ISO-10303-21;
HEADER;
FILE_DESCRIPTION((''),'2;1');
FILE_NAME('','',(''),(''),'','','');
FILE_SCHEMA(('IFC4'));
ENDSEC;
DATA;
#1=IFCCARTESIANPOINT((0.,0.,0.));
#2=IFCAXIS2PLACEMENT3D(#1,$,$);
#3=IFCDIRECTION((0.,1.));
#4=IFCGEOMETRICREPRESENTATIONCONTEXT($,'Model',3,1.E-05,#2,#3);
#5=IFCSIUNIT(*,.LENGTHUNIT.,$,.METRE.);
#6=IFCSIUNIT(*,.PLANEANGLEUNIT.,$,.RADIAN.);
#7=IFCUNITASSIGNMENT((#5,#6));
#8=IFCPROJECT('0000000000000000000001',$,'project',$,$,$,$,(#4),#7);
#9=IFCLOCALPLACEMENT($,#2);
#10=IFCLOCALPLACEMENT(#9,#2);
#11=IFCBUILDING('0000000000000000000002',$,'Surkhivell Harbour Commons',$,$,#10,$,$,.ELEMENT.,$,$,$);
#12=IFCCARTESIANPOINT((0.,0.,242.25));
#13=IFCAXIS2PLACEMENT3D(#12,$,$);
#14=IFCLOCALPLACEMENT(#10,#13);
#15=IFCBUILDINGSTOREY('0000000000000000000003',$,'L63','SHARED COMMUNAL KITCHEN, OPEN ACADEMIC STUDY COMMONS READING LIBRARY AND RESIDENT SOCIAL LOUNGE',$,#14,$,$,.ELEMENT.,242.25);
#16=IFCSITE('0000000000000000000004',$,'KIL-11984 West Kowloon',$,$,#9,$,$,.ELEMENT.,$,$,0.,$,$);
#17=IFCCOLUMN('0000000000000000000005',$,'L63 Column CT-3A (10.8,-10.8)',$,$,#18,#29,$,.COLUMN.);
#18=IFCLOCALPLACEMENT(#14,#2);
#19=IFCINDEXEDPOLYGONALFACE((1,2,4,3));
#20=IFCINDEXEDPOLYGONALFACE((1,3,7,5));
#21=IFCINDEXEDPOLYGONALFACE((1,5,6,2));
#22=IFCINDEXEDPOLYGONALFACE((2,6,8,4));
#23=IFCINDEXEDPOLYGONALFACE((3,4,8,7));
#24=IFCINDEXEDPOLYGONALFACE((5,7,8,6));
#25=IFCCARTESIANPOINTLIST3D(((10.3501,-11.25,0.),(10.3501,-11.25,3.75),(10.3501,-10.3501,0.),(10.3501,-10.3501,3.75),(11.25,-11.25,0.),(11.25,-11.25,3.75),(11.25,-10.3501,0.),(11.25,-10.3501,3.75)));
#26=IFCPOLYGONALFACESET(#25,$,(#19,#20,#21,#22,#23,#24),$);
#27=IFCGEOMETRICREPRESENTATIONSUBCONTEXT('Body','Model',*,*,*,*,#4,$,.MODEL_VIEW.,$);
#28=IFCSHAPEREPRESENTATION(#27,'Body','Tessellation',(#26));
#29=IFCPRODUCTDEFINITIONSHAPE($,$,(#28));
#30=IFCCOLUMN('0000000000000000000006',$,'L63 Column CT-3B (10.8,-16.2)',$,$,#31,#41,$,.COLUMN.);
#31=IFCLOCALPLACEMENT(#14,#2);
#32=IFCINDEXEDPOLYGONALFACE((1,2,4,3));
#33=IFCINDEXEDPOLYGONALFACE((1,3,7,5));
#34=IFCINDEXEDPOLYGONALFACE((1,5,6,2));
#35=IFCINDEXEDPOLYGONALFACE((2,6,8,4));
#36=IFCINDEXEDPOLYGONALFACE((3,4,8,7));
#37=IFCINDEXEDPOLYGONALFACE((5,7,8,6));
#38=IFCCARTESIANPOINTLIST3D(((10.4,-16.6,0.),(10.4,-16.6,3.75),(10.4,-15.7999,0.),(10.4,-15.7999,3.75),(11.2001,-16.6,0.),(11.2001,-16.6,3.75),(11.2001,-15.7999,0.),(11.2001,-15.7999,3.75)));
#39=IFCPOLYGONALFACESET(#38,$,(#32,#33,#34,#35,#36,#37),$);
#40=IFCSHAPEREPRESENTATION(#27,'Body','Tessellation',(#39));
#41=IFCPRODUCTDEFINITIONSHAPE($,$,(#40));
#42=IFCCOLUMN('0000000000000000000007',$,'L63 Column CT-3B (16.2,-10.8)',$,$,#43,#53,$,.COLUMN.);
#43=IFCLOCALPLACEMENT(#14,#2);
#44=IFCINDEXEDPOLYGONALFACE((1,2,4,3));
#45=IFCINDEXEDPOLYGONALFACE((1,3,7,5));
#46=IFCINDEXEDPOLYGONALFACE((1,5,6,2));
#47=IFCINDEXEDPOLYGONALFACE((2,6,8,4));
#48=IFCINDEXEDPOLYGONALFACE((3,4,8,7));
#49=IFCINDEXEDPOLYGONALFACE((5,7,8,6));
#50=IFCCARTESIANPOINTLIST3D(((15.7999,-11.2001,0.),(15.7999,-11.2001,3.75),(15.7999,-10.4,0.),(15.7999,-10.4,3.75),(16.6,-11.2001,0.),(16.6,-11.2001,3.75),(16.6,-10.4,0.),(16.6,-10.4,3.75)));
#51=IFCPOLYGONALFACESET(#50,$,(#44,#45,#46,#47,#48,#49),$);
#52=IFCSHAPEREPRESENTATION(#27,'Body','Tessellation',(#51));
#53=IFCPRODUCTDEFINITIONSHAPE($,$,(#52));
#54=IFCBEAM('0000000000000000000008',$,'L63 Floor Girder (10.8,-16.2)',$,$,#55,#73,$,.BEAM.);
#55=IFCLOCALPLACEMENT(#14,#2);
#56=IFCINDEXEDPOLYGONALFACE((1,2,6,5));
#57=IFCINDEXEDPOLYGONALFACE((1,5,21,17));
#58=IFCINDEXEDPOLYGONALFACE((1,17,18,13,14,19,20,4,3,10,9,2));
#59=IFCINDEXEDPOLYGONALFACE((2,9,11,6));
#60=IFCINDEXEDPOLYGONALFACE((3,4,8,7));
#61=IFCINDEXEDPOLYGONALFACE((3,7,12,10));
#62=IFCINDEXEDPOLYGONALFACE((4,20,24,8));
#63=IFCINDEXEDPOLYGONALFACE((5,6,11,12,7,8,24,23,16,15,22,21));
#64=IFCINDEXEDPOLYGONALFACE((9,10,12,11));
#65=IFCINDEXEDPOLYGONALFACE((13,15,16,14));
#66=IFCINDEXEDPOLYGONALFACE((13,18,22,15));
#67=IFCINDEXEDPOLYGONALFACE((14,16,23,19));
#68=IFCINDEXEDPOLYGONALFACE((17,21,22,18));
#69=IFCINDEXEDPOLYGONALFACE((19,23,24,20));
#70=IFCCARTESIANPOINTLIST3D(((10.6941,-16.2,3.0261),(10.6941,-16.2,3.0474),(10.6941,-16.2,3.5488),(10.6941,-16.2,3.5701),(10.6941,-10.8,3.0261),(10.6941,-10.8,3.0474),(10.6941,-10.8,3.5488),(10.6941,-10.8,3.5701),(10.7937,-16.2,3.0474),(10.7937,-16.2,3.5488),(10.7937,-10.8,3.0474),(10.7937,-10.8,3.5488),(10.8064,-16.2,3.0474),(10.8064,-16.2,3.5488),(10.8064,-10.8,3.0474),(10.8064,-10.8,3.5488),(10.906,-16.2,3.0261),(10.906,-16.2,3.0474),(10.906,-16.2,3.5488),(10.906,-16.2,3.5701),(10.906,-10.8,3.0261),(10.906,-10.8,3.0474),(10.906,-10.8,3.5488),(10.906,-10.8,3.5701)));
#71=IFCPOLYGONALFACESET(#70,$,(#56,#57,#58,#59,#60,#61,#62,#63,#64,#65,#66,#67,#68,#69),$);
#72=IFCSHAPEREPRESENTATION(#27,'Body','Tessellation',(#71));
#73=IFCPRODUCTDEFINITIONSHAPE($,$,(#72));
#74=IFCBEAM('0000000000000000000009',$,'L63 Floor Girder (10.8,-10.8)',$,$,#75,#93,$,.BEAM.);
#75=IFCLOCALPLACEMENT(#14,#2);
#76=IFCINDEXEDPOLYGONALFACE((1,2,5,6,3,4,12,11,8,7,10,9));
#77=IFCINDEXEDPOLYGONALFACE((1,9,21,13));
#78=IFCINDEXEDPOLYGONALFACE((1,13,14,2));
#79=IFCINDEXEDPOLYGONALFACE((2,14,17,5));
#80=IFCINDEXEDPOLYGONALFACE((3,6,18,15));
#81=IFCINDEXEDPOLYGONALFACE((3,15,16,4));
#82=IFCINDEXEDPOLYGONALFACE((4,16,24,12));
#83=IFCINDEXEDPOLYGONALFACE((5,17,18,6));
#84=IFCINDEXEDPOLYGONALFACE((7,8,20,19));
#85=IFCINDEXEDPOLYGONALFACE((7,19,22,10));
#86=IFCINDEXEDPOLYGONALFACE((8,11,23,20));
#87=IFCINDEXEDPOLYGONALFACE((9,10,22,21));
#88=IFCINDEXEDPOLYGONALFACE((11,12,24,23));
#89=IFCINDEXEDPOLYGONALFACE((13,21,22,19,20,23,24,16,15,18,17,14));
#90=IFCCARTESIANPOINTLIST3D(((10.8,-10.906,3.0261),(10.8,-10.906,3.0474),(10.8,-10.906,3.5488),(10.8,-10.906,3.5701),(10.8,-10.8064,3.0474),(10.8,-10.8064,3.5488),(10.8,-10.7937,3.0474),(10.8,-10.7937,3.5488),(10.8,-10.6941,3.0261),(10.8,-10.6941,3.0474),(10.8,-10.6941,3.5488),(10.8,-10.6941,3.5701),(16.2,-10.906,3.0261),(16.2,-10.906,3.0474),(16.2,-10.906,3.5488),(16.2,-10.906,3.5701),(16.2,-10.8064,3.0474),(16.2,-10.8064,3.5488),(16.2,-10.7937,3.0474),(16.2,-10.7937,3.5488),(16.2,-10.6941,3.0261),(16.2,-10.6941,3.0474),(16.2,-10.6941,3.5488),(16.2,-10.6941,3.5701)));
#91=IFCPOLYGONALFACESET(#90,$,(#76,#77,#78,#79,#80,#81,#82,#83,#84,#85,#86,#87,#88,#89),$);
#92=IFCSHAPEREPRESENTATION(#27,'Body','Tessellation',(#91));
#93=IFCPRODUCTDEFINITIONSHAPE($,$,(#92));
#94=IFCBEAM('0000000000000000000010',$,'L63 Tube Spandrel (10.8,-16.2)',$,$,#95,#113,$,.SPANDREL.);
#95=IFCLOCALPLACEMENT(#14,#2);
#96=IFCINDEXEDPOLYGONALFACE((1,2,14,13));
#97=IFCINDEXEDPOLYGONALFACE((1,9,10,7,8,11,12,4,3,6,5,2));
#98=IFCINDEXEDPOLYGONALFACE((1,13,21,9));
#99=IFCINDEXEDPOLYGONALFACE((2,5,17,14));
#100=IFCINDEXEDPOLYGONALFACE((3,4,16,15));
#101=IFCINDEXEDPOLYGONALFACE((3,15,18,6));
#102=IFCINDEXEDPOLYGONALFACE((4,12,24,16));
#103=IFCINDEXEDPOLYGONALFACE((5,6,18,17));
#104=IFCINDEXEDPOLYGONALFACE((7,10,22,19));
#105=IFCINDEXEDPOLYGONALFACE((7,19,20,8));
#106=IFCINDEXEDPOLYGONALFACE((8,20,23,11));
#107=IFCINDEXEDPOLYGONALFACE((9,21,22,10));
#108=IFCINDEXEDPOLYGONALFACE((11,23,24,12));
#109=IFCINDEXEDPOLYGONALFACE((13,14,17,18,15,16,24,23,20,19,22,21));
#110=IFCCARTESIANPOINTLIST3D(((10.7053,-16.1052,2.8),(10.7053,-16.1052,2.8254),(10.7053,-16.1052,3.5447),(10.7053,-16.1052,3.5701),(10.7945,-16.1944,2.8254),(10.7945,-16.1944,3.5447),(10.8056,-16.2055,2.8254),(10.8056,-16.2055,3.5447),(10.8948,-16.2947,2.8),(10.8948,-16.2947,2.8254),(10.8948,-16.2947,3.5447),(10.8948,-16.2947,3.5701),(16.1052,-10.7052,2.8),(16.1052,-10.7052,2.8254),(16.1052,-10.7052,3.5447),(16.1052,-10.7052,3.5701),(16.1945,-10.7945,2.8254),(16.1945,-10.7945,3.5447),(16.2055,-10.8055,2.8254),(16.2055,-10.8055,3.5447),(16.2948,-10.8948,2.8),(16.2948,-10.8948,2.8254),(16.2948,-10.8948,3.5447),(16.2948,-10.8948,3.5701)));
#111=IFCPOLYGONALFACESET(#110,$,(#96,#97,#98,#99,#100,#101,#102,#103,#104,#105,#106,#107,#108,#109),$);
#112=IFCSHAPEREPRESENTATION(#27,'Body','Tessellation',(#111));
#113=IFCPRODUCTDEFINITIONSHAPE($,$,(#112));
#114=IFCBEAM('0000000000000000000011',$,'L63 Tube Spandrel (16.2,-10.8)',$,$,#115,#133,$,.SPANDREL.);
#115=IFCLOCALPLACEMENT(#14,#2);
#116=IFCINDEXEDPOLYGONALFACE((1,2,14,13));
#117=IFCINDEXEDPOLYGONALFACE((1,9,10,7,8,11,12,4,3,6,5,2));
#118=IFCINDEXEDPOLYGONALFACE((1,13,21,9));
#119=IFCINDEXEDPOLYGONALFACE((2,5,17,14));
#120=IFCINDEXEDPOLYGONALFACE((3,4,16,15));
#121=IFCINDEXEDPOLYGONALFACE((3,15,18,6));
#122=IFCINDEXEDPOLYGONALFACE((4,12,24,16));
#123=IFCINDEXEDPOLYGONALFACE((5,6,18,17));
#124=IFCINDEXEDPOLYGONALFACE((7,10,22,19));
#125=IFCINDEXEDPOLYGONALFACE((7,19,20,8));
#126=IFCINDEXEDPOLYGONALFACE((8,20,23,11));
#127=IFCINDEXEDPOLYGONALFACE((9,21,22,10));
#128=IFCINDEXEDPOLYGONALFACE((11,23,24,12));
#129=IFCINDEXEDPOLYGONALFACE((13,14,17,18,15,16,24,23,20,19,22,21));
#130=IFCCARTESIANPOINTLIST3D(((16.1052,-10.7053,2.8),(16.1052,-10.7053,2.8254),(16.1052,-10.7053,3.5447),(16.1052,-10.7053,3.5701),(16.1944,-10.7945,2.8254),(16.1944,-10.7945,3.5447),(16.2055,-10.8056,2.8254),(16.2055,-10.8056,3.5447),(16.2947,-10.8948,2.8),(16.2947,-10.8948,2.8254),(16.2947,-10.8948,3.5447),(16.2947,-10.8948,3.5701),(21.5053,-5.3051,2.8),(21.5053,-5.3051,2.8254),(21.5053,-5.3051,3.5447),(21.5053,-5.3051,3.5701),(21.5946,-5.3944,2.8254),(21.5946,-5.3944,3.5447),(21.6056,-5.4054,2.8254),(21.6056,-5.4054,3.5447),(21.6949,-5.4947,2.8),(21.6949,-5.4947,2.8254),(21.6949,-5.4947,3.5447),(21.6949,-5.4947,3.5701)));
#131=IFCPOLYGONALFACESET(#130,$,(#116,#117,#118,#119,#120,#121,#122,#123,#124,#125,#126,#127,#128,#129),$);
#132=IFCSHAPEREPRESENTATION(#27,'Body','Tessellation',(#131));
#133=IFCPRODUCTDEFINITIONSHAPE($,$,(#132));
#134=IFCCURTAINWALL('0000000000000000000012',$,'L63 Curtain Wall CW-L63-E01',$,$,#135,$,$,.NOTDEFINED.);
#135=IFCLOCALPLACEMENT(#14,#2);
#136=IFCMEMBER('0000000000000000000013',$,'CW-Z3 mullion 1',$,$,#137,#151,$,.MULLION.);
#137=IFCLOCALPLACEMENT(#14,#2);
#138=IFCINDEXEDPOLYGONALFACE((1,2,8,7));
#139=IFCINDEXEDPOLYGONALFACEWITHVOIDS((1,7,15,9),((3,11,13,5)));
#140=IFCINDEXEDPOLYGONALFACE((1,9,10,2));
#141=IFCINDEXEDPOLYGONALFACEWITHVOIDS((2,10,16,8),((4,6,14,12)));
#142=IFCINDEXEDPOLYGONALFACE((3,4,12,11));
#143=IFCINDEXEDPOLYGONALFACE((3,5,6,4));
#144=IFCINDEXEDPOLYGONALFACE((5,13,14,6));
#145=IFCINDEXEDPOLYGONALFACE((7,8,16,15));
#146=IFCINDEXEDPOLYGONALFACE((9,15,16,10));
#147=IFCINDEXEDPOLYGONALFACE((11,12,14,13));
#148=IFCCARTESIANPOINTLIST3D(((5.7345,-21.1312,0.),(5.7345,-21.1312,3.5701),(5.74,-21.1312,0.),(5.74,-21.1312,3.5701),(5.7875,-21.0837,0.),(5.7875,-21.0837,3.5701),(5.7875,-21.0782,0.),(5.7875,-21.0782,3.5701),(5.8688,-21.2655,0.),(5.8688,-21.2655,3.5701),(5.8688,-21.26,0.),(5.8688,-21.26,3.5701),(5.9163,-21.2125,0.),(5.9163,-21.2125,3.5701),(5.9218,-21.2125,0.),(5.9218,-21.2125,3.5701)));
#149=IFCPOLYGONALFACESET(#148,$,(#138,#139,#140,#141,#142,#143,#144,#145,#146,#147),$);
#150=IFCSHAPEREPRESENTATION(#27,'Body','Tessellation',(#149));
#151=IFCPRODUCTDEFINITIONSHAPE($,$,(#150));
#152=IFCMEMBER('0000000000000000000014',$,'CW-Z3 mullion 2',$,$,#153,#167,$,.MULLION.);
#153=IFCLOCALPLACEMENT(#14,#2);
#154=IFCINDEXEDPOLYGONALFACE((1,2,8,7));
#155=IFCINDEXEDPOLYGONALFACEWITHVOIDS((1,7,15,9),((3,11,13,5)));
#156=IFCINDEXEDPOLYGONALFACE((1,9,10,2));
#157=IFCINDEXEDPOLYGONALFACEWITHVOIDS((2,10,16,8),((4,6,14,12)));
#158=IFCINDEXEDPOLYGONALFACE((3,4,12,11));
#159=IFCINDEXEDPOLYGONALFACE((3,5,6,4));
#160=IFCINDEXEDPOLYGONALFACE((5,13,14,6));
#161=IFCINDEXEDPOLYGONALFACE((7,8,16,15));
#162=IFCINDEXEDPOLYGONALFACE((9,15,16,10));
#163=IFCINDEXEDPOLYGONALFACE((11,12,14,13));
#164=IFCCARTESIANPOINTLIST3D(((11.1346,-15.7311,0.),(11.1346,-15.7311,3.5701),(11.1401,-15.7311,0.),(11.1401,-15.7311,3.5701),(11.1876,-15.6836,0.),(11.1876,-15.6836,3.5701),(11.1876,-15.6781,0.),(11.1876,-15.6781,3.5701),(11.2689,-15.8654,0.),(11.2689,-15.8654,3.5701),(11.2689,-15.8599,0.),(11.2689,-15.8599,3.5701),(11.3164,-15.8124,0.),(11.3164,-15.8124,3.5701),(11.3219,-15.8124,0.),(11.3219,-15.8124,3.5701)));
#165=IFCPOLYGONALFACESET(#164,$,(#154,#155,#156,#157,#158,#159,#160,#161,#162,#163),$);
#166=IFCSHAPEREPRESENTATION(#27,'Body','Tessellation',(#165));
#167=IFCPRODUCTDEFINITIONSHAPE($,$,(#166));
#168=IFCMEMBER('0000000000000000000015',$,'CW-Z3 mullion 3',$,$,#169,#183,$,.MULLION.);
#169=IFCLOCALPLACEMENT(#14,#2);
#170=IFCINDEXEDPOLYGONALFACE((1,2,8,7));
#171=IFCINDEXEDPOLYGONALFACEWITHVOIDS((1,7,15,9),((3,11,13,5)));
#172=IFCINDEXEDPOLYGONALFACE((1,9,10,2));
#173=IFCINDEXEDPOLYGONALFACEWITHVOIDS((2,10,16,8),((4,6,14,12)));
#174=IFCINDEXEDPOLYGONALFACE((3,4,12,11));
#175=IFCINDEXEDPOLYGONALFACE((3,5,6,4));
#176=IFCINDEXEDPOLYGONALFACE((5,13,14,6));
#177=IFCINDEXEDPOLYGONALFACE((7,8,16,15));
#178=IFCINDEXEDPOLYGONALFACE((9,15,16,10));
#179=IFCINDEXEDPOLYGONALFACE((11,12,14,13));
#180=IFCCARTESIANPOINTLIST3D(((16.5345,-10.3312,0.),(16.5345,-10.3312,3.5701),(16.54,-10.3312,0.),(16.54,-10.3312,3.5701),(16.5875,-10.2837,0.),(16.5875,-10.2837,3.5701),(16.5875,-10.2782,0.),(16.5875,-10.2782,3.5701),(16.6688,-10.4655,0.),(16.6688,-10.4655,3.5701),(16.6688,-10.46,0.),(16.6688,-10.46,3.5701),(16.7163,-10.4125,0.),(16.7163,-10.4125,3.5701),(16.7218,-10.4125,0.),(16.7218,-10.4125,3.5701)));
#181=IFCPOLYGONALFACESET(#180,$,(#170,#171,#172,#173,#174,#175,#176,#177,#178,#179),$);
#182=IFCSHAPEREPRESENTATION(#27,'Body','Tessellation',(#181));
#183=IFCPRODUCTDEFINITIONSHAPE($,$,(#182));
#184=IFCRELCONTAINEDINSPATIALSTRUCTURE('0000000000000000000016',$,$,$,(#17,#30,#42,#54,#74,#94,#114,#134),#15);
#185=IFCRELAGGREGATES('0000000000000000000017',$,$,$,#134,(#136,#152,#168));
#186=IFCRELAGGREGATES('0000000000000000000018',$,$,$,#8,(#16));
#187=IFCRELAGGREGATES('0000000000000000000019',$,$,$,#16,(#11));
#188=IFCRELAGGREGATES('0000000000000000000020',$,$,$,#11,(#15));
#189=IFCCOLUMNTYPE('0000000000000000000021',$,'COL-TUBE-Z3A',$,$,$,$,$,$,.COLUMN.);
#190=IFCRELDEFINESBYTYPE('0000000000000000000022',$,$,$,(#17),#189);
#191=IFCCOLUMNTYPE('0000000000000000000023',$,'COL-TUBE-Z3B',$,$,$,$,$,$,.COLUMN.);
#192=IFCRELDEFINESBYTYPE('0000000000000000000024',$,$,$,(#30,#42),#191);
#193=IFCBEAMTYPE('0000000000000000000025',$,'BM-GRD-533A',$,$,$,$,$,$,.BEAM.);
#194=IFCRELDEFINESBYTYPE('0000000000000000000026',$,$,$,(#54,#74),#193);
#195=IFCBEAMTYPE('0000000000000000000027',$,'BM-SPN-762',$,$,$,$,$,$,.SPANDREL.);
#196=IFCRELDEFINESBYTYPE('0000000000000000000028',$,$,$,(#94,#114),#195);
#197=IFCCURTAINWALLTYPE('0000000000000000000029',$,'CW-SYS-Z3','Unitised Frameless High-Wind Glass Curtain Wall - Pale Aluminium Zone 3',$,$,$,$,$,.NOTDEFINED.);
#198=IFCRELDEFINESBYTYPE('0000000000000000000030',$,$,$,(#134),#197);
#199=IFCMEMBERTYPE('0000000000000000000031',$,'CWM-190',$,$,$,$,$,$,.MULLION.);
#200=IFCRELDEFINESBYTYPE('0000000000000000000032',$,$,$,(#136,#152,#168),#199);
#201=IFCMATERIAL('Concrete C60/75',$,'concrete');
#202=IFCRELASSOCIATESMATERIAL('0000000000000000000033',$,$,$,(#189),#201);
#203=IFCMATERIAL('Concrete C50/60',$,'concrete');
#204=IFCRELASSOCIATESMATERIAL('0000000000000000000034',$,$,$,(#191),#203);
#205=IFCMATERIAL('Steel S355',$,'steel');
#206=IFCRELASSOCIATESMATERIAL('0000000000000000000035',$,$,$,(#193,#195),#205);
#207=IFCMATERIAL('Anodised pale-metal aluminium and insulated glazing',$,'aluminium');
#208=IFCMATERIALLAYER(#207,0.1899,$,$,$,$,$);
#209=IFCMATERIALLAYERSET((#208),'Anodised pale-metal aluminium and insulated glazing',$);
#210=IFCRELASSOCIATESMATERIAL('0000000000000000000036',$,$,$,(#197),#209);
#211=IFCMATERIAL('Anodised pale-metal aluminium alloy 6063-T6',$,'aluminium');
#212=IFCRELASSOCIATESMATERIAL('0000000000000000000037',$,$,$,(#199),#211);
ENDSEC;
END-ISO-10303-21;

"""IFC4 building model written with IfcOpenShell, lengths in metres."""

from ifc_helpers import new_model, si_unit, direction, frame, origin, origin_2d, place, context, subcontext, project, spatial, rectangle, hollow_rectangle, i_section, extrude, material, layer, layer_set, material_profile, profile_set, type_object, element, aggregate, save


model = new_model("IFC4")

# Units and contexts
model_context = context("Model", 3, precision=1e-05, world=origin(), true_north=direction((0.0, 1.0)))
body_context = subcontext(model_context, "Body", "Model", "MODEL_VIEW")
ifc_project = project(units=[si_unit("LENGTHUNIT", "METRE"), si_unit("PLANEANGLEUNIT", "RADIAN")], contexts=[model_context])

# Site, building, storey
site_placement = place(None, origin())
site = spatial("IfcSite", under=ifc_project, at=site_placement, Name="KIL-11984 West Kowloon", CompositionType="ELEMENT", RefElevation=0.0)
building_placement = place(site_placement, origin())
building = spatial("IfcBuilding", under=site, at=building_placement, Name="Surkhivell Harbour Commons", CompositionType="ELEMENT")
storey_placement = place(building_placement, frame((0.0, 0.0, 242.25)))
storey = spatial("IfcBuildingStorey", under=building, at=storey_placement, Name="L63", Description="SHARED COMMUNAL KITCHEN, OPEN ACADEMIC STUDY COMMONS READING LIBRARY AND RESIDENT SOCIAL LOUNGE", CompositionType="ELEMENT", Elevation=242.25)

# Columns
ifc_material_1 = material(Name="Concrete C60/75", Category="concrete")
ifc_material_profile_1 = material_profile(ifc_material_1, rectangle(XDim=0.8999, YDim=0.8999, at=origin_2d()), Name="RC-COL-900x900")
ifc_profile_set_1 = profile_set([ifc_material_profile_1], Name="Concrete C60/75")
column_type_1 = type_object("IfcColumnType", Name="COL-TUBE-Z3A", PredefinedType="COLUMN", material=ifc_profile_set_1)
column_placement = place(storey_placement, frame((10.8, -10.8, 0.0), z_axis=(0.0, 0.0, 1.0), x_axis=(1.0, 0.0, 0.0)))
element("IfcColumn", 1, at=column_placement, inside=storey, type_object=column_type_1, Name="L63 Column CT-3A (10.8,-10.8)", PredefinedType="COLUMN", context=body_context, shape_type="SweptSolid", body=[
    extrude(rectangle(XDim=0.8999, YDim=0.8999, at=origin_2d()), origin(), (0.0, 0.0, 1.0), 3.75),
])
ifc_material_2 = material(Name="Concrete C50/60", Category="concrete")
ifc_material_profile_2 = material_profile(ifc_material_2, rectangle(XDim=0.8, YDim=0.8, at=origin_2d()), Name="RC-COL-800x800")
ifc_profile_set_2 = profile_set([ifc_material_profile_2], Name="Concrete C50/60")
column_type_2 = type_object("IfcColumnType", Name="COL-TUBE-Z3B", PredefinedType="COLUMN", material=ifc_profile_set_2)
for number, where, z_axis, x_axis, name in (
    (2, (10.8, -16.2, 0.0), (0.0, 0.0, 1.0), (1.0, 0.0, 0.0), "L63 Column CT-3B (10.8,-16.2)"),
    (3, (16.2, -10.8, 0.0), (0.0, 0.0, 1.0), (1.0, 0.0, 0.0), "L63 Column CT-3B (16.2,-10.8)"),
):
    element("IfcColumn", number, at=place(storey_placement, frame(where, z_axis=z_axis, x_axis=x_axis)), inside=storey, type_object=column_type_2, Name=name, PredefinedType="COLUMN", context=body_context, shape_type="SweptSolid", body=[
        extrude(rectangle(XDim=0.8, YDim=0.8, at=origin_2d()), origin(), (0.0, 0.0, 1.0), 3.75),
    ])

# Beams
ifc_material_3 = material(Name="Steel S355", Category="steel")
ifc_material_profile_3 = material_profile(ifc_material_3, i_section(OverallWidth=0.2119, OverallDepth=0.5439, WebThickness=0.0127, FlangeThickness=0.0212, at=origin_2d()), Name="UB533x210x122")
ifc_profile_set_3 = profile_set([ifc_material_profile_3], Name="Steel S355")
beam_type_1 = type_object("IfcBeamType", Name="BM-GRD-533A", PredefinedType="BEAM", material=ifc_profile_set_3)
for number, where, z_axis, x_axis, name in (
    (4, (10.8, -16.2, 3.2981), (0.0, 1.0, 0.0), (-1.0, 0.0, 0.0), "L63 Floor Girder (10.8,-16.2)"),
    (5, (10.8, -10.8, 3.2981), (1.0, 0.0, 0.0), (0.0, 1.0, 0.0), "L63 Floor Girder (10.8,-10.8)"),
):
    element("IfcBeam", number, at=place(storey_placement, frame(where, z_axis=z_axis, x_axis=x_axis)), inside=storey, type_object=beam_type_1, Name=name, PredefinedType="BEAM", context=body_context, shape_type="SweptSolid", body=[
        extrude(i_section(OverallWidth=0.2119, OverallDepth=0.5439, WebThickness=0.0127, FlangeThickness=0.0212, at=origin_2d()), origin(), (0.0, 0.0, 1.0), 5.3999),
    ])
ifc_material_profile_4 = material_profile(ifc_material_3, i_section(OverallWidth=0.2681, OverallDepth=0.77, WebThickness=0.0156, FlangeThickness=0.0254, at=origin_2d()), Name="UB762x267x197")
ifc_profile_set_4 = profile_set([ifc_material_profile_4], Name="Steel S355")
beam_type_2 = type_object("IfcBeamType", Name="BM-SPN-762", PredefinedType="SPANDREL", material=ifc_profile_set_4)
beam_1_placement = place(storey_placement, frame((10.8, -16.2, 3.1851), z_axis=(0.707107, 0.707107, 0.0), x_axis=(-0.707107, 0.707107, 0.0)))
element("IfcBeam", 6, at=beam_1_placement, inside=storey, type_object=beam_type_2, Name="L63 Tube Spandrel (10.8,-16.2)", PredefinedType="SPANDREL", context=body_context, shape_type="SweptSolid", body=[
    extrude(i_section(OverallWidth=0.2681, OverallDepth=0.77, WebThickness=0.0156, FlangeThickness=0.0254, at=origin_2d()), origin(), (0.0, 0.0, 1.0), 7.6367),
])
beam_2_placement = place(storey_placement, frame((16.2, -10.8, 3.1851), z_axis=(0.707107, 0.707107, 0.0), x_axis=(-0.707107, 0.707107, 0.0)))
element("IfcBeam", 7, at=beam_2_placement, inside=storey, type_object=beam_type_2, Name="L63 Tube Spandrel (16.2,-10.8)", PredefinedType="SPANDREL", context=body_context, shape_type="SweptSolid", body=[
    extrude(i_section(OverallWidth=0.2681, OverallDepth=0.77, WebThickness=0.0156, FlangeThickness=0.0254, at=origin_2d()), origin(), (0.0, 0.0, 1.0), 7.637),
])

# Curtain wall, members
ifc_material_4 = material(Name="Anodised pale-metal aluminium and insulated glazing", Category="aluminium")
ifc_layer_1 = layer(ifc_material_4, 0.1899)
ifc_layer_set_1 = layer_set([ifc_layer_1], Name="Anodised pale-metal aluminium and insulated glazing")
curtain_wall_type = type_object("IfcCurtainWallType", Name="CW-SYS-Z3", Description="Unitised Frameless High-Wind Glass Curtain Wall - Pale Aluminium Zone 3", PredefinedType="NOTDEFINED", material=ifc_layer_set_1)
curtain_wall_placement = place(storey_placement, origin())
curtain_wall = element("IfcCurtainWall", 8, at=curtain_wall_placement, inside=storey, type_object=curtain_wall_type, Name="L63 Curtain Wall CW-L63-E01", PredefinedType="NOTDEFINED")
ifc_material_5 = material(Name="Anodised pale-metal aluminium alloy 6063-T6", Category="aluminium")
ifc_material_profile_5 = material_profile(ifc_material_5, hollow_rectangle(XDim=0.075, YDim=0.1899, WallThickness=0.0039, at=origin_2d()), Name="ALU-MULL-75x190")
ifc_profile_set_5 = profile_set([ifc_material_profile_5], Name="Anodised pale-metal aluminium alloy 6063-T6")
member_type_1 = type_object("IfcMemberType", Name="CWM-190", PredefinedType="MULLION", material=ifc_profile_set_5)
member_1_placement = place(storey_placement, frame((5.8281, -21.1719, 0.0), z_axis=(0.0, 0.0, 1.0), x_axis=(0.707107, 0.707107, 0.0)))
member_1 = element("IfcMember", 9, at=member_1_placement, type_object=member_type_1, Name="CW-Z3 mullion 1", PredefinedType="MULLION", context=body_context, shape_type="SweptSolid", body=[
    extrude(hollow_rectangle(XDim=0.075, YDim=0.1899, WallThickness=0.0039, at=origin_2d()), origin(), (0.0, 0.0, 1.0), 3.5701),
])
member_2_placement = place(storey_placement, frame((11.2283, -15.7717, 0.0), z_axis=(0.0, 0.0, 1.0), x_axis=(0.707107, 0.707107, 0.0)))
member_2 = element("IfcMember", 10, at=member_2_placement, type_object=member_type_1, Name="CW-Z3 mullion 2", PredefinedType="MULLION", context=body_context, shape_type="SweptSolid", body=[
    extrude(hollow_rectangle(XDim=0.075, YDim=0.1899, WallThickness=0.0039, at=origin_2d()), origin(), (0.0, 0.0, 1.0), 3.5701),
])
member_3_placement = place(storey_placement, frame((16.6282, -10.3718, 0.0), z_axis=(0.0, 0.0, 1.0), x_axis=(0.707107, 0.707107, 0.0)))
member_3 = element("IfcMember", 11, at=member_3_placement, type_object=member_type_1, Name="CW-Z3 mullion 3", PredefinedType="MULLION", context=body_context, shape_type="SweptSolid", body=[
    extrude(hollow_rectangle(XDim=0.075, YDim=0.1899, WallThickness=0.0039, at=origin_2d()), origin(), (0.0, 0.0, 1.0), 3.5701),
])
aggregate(curtain_wall, [member_1, member_2, member_3])

save(model, "model.ifc")
